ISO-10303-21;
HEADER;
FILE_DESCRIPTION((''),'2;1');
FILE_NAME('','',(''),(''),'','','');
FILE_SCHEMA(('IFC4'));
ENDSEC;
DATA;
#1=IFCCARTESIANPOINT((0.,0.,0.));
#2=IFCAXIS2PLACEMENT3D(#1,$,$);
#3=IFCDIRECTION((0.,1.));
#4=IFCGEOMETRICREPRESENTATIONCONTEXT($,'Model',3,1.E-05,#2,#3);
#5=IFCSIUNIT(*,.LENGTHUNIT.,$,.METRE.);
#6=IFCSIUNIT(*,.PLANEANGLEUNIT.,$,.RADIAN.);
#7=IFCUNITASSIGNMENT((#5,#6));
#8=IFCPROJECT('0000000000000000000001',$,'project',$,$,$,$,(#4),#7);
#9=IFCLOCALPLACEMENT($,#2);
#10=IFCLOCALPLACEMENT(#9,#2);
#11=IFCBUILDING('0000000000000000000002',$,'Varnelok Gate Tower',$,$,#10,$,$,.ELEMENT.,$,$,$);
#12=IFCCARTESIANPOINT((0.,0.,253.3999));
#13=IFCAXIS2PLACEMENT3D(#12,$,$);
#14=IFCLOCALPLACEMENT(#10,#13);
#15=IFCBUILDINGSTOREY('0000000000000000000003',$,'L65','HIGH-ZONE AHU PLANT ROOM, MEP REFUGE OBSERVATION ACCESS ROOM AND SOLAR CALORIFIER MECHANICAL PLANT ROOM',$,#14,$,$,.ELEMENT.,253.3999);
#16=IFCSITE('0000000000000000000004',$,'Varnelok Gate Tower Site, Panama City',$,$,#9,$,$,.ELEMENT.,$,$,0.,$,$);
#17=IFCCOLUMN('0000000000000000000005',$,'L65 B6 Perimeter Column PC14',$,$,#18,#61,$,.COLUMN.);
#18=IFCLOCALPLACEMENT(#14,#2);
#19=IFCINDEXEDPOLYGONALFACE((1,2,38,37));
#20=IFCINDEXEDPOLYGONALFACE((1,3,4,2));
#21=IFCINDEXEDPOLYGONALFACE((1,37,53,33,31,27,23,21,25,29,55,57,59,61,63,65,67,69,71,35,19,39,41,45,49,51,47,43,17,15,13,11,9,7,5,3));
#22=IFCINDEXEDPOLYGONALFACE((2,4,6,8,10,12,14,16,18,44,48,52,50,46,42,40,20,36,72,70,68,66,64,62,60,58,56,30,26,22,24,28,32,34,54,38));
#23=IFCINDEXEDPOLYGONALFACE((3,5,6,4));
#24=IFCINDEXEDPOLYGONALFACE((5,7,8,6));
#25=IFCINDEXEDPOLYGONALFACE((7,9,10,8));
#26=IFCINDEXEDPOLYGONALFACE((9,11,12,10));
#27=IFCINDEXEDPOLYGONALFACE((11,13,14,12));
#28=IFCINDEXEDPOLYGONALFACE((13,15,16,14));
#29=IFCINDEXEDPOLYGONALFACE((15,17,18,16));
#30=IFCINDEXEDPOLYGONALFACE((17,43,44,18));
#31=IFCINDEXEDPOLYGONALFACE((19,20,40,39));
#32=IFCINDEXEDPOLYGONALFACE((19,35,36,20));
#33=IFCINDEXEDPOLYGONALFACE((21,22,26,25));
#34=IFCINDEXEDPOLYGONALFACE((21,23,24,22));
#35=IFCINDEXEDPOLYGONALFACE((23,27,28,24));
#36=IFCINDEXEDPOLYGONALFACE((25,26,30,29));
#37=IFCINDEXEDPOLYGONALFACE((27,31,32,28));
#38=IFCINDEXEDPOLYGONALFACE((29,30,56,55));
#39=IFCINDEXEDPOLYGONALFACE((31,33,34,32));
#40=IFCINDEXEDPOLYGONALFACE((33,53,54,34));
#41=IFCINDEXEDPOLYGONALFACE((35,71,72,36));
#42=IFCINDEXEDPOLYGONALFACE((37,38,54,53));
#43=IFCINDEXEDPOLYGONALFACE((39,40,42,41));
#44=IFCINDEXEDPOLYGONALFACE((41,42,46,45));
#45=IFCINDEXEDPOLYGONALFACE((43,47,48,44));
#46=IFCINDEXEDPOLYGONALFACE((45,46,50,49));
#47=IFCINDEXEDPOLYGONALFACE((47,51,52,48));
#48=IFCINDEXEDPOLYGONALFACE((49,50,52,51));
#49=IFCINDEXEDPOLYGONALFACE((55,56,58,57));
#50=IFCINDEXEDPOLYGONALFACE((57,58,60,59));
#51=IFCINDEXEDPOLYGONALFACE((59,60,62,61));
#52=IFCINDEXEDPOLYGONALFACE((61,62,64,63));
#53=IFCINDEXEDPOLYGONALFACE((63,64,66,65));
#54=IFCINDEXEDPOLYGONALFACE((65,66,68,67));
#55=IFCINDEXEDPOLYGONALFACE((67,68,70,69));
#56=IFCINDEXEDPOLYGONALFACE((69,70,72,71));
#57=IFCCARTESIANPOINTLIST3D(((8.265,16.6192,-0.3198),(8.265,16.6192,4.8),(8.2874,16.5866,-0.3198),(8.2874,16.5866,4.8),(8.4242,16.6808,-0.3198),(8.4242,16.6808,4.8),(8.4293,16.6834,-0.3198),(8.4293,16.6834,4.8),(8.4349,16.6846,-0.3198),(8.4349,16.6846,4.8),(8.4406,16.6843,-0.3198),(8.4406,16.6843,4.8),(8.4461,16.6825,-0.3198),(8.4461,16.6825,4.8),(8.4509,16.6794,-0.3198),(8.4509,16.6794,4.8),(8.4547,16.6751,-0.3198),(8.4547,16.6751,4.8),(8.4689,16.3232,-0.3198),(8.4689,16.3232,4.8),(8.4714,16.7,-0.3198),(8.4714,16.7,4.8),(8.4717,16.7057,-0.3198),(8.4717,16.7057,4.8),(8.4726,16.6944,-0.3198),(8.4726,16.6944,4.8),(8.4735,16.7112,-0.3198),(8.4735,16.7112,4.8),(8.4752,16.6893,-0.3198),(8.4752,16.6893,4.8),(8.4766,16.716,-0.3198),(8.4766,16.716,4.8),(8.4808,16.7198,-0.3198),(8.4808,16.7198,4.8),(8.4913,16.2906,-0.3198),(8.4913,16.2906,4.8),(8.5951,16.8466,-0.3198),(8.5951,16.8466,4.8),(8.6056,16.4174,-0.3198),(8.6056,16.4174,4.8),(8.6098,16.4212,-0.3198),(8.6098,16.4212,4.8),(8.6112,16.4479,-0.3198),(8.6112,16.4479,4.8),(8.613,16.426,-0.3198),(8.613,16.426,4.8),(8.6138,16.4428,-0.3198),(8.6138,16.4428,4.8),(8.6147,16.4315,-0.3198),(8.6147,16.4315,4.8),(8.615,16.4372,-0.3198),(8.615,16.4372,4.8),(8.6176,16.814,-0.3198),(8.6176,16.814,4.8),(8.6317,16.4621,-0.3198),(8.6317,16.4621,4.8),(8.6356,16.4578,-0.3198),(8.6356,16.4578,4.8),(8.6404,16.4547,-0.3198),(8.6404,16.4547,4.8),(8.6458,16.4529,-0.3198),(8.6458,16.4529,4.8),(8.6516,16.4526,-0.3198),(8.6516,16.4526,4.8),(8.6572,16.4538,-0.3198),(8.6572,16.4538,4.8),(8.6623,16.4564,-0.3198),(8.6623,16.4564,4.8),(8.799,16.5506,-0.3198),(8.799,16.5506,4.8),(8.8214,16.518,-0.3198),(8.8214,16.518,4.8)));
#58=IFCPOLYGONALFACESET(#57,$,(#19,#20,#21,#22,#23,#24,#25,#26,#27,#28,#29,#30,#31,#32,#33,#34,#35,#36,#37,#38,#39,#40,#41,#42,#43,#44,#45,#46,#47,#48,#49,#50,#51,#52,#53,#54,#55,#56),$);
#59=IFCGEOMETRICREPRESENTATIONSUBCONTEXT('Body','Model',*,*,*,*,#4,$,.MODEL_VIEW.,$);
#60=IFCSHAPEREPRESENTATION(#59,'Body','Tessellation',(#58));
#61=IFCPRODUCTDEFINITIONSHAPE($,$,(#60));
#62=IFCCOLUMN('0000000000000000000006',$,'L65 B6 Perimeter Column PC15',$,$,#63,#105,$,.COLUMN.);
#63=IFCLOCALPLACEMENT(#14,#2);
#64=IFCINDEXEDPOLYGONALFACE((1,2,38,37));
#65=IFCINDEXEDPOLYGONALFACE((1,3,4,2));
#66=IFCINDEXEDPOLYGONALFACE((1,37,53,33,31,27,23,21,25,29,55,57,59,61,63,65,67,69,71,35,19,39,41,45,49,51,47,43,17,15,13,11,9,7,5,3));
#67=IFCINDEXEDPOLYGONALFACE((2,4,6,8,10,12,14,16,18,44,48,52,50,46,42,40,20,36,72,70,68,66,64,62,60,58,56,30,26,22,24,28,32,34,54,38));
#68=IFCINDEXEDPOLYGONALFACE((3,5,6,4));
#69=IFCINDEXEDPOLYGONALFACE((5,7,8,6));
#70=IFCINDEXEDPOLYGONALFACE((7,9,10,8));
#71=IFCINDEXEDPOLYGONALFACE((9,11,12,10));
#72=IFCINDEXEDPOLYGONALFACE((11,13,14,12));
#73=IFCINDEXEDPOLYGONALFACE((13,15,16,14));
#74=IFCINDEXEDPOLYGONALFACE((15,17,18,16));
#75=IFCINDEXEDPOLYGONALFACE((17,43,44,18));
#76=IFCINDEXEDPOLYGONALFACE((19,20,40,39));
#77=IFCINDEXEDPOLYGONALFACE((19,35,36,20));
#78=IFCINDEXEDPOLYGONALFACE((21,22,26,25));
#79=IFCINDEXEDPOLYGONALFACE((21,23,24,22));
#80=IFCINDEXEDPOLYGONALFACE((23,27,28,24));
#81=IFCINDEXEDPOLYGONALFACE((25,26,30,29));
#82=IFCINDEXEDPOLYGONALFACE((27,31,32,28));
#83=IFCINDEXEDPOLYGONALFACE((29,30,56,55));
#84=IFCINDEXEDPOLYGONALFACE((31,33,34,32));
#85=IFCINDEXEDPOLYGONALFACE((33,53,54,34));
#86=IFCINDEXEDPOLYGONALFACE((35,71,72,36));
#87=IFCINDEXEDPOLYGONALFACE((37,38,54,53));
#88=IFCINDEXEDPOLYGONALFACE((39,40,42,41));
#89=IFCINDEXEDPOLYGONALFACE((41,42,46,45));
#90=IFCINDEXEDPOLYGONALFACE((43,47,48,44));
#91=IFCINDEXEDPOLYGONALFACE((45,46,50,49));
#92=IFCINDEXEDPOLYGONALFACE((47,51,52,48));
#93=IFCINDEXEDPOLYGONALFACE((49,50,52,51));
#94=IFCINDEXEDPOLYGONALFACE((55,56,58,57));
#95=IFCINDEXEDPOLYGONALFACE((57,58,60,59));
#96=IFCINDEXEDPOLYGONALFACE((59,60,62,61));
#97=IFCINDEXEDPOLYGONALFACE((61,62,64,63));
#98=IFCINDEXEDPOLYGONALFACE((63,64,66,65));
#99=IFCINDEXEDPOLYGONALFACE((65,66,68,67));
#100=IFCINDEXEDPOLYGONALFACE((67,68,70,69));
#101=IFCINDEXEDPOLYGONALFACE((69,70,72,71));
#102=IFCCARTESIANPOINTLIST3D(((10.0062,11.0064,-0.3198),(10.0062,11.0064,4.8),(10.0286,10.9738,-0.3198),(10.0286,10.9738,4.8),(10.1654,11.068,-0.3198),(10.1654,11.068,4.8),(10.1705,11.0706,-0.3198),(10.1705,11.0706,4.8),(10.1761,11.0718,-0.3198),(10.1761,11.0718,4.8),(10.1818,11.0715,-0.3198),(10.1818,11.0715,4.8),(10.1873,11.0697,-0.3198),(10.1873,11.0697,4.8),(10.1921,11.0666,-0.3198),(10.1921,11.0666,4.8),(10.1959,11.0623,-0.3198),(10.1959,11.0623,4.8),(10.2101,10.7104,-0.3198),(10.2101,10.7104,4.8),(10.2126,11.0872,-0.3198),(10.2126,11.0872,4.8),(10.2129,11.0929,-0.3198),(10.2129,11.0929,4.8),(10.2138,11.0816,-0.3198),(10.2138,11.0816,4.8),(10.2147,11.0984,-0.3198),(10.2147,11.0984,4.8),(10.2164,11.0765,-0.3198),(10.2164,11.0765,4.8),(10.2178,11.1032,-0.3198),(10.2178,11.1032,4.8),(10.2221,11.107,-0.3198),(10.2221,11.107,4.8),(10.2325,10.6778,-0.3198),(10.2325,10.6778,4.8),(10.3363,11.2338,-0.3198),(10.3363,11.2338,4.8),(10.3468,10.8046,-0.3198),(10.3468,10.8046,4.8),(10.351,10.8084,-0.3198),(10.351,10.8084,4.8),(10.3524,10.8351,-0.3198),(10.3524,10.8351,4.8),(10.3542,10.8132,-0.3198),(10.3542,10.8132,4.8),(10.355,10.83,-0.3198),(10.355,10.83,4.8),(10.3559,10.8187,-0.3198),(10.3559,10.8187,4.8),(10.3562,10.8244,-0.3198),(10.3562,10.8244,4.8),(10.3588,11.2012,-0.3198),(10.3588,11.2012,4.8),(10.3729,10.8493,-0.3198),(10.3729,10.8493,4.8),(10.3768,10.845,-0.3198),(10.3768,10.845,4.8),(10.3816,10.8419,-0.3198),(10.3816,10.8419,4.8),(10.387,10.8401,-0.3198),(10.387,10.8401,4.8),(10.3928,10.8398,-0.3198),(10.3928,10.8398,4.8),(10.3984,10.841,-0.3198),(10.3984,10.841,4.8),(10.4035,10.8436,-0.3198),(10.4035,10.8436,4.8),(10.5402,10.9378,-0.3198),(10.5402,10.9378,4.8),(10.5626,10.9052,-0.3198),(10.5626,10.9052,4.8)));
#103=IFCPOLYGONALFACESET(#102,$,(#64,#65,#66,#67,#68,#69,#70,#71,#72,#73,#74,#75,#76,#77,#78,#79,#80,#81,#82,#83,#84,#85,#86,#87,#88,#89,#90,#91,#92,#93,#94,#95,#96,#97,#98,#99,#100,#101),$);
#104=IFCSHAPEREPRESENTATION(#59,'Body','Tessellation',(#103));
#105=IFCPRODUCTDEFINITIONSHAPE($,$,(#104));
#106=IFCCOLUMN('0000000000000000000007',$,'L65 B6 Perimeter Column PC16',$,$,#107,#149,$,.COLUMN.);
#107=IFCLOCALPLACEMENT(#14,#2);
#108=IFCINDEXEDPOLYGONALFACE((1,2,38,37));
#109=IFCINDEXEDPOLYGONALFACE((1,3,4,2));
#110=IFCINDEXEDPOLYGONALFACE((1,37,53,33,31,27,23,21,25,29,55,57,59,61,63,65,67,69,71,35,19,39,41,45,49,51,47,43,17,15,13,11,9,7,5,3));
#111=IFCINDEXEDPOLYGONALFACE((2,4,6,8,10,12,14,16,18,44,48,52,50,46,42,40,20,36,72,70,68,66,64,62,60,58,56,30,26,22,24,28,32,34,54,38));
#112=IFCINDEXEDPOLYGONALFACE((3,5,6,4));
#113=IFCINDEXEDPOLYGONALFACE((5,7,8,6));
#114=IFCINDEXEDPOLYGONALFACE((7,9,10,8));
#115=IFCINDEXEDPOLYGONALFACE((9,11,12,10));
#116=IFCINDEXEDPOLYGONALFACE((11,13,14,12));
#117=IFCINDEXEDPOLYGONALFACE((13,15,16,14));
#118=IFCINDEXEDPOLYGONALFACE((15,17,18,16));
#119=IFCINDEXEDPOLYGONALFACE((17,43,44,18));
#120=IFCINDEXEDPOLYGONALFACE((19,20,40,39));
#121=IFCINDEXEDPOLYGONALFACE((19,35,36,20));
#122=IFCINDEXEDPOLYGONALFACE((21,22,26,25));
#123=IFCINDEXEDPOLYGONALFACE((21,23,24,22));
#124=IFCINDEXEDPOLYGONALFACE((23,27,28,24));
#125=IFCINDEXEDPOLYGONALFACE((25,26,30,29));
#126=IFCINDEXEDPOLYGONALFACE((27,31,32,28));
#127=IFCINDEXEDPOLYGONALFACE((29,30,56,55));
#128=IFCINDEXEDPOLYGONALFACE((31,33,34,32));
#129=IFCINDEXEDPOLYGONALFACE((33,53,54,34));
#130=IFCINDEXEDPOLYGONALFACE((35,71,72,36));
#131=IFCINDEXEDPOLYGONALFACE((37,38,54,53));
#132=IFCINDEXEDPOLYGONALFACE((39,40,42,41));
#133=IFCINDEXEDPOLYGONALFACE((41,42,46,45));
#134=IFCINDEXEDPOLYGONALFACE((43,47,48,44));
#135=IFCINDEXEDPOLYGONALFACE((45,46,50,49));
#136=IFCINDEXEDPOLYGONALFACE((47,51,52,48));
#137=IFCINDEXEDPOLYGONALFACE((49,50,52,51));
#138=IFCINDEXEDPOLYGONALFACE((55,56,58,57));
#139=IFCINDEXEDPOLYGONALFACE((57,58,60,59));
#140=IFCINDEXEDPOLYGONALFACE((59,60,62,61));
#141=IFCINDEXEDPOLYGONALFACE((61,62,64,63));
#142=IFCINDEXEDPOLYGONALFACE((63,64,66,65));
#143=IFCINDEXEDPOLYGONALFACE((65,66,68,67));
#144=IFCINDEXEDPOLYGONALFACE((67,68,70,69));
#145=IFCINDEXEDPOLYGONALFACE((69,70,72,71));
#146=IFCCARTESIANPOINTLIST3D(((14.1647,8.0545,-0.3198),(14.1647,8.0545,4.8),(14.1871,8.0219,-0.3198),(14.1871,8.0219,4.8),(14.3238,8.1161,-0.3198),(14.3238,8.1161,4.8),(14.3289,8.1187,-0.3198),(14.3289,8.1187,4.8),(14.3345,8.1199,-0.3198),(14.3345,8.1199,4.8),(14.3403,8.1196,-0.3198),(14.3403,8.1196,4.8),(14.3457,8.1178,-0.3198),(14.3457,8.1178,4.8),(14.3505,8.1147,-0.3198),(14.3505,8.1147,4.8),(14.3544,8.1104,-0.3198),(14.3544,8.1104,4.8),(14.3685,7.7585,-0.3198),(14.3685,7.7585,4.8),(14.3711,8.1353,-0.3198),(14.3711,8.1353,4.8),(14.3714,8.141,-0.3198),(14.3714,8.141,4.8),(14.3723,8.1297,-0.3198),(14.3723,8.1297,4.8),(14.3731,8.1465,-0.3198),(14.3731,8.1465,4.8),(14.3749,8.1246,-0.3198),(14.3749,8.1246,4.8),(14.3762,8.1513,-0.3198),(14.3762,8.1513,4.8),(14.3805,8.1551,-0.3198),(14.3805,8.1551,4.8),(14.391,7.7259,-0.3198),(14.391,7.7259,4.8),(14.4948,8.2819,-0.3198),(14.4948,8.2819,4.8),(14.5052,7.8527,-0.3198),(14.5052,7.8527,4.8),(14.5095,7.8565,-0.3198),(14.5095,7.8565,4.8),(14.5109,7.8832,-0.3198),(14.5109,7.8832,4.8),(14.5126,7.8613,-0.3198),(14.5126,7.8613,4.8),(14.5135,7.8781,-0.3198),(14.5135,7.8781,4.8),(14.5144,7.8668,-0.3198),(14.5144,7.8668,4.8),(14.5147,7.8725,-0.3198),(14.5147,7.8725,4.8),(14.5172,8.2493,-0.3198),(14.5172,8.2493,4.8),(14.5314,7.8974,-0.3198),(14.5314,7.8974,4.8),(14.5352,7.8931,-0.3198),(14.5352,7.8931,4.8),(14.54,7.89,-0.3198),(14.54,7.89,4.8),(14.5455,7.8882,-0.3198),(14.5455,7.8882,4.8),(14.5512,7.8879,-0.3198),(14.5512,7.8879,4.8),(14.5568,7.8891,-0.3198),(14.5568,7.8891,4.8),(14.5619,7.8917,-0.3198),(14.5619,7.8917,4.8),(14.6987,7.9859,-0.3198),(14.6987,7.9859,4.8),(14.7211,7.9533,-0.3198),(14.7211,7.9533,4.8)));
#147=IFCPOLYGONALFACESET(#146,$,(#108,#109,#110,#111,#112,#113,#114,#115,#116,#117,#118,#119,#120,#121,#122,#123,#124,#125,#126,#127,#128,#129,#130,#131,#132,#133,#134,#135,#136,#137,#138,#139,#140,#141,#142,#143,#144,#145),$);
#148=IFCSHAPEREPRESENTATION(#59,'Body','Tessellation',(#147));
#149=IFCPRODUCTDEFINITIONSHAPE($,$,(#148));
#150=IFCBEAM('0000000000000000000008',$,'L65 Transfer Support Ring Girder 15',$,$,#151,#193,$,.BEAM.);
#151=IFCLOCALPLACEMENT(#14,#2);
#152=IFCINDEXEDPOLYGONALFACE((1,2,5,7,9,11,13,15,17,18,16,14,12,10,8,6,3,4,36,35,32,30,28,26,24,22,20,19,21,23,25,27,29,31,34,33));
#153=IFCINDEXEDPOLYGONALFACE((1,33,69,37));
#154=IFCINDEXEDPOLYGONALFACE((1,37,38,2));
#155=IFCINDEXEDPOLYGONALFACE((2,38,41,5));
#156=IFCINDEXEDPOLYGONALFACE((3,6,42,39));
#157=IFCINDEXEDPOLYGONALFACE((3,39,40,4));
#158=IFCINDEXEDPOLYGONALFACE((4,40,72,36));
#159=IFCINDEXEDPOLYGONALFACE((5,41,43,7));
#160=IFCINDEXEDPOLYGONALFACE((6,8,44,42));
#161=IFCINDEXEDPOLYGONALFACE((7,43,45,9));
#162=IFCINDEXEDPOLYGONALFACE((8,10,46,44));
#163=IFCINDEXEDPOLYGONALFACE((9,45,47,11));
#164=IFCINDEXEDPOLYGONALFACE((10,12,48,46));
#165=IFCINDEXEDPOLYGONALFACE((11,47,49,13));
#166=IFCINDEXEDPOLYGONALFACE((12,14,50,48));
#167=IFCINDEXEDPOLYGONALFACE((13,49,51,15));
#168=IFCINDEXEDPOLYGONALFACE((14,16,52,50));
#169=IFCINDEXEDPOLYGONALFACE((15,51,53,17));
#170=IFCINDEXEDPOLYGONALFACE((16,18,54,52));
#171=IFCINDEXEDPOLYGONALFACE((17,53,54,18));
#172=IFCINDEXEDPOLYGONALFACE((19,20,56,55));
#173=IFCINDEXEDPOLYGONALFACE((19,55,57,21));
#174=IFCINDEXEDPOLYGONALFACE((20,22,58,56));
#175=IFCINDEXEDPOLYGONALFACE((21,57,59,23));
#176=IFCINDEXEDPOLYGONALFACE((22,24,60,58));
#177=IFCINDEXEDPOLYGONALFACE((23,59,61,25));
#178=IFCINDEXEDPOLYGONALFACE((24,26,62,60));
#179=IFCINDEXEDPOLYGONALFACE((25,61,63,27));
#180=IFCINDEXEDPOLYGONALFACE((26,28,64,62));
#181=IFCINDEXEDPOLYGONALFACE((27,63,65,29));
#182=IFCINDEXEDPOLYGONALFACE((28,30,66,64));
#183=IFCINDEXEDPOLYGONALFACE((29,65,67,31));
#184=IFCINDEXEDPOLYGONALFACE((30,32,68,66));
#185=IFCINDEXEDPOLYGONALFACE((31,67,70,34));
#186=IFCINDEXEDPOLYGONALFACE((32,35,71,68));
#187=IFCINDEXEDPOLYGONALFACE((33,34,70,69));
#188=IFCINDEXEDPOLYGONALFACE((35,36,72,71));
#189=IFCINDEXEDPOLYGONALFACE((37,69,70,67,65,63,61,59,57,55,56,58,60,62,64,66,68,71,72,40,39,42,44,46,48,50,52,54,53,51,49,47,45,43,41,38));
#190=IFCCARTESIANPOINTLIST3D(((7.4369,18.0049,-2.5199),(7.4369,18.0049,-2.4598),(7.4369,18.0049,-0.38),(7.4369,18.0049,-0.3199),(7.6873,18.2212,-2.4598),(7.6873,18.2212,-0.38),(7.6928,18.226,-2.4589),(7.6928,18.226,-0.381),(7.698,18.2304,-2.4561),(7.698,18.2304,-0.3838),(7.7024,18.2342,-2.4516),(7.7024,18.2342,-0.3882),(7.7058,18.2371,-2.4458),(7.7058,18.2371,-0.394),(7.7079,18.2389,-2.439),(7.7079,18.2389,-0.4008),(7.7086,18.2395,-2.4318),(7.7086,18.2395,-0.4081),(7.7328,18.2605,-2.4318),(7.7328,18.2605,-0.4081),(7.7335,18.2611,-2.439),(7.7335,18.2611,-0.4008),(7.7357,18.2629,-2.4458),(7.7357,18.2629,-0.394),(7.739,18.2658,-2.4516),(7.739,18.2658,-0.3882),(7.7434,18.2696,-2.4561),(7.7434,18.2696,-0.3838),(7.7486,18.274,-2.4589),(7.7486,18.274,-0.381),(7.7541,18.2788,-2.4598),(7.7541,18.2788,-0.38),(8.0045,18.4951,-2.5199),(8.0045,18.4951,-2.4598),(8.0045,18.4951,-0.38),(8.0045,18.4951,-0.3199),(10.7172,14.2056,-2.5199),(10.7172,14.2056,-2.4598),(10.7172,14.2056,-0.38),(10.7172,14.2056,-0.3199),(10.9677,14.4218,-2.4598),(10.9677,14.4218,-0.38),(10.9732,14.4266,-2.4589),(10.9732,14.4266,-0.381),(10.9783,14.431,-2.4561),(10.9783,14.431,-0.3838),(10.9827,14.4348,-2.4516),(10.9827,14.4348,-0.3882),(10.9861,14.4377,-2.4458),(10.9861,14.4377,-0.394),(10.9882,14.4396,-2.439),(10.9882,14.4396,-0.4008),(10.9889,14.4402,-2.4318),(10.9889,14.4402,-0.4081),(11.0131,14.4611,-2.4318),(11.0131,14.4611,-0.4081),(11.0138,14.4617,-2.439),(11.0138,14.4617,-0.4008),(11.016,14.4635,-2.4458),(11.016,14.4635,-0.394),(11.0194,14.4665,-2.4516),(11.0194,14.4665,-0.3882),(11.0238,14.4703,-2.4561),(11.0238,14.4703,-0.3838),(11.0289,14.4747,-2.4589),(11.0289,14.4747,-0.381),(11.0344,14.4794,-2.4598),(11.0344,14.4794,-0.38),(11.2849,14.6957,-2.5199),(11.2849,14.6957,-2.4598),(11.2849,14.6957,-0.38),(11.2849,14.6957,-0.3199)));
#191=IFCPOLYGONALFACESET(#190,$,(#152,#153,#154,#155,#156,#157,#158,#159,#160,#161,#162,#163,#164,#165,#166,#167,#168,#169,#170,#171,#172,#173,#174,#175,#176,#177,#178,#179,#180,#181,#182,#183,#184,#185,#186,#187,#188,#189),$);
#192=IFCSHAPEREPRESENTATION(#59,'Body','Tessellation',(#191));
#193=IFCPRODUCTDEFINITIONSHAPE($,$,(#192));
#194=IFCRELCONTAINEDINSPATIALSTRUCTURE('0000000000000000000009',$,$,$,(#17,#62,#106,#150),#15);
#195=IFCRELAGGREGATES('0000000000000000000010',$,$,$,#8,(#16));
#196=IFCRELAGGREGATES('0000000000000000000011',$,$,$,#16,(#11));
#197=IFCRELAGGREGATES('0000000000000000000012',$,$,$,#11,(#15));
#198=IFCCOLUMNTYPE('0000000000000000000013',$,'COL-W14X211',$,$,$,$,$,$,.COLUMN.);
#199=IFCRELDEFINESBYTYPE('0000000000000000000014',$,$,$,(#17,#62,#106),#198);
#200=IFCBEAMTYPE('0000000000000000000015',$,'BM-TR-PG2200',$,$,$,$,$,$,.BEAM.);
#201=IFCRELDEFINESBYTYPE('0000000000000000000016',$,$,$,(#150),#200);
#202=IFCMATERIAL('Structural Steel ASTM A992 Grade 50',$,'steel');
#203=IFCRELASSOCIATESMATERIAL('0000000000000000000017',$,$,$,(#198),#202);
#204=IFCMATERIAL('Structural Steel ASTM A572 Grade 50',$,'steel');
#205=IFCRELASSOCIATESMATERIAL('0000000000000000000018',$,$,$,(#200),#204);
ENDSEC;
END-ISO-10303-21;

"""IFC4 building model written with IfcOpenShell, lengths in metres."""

from ifc_helpers import new_model, si_unit, direction, frame, origin, origin_2d, place, context, subcontext, project, spatial, i_section, extrude, material, material_profile, profile_set, type_object, element, save


model = new_model("IFC4")

# Units and contexts
model_context = context("Model", 3, precision=1e-05, world=origin(), true_north=direction((0.0, 1.0)))
body_context = subcontext(model_context, "Body", "Model", "MODEL_VIEW")
ifc_project = project(units=[si_unit("LENGTHUNIT", "METRE"), si_unit("PLANEANGLEUNIT", "RADIAN")], contexts=[model_context])

# Site, building, storey
site_placement = place(None, origin())
site = spatial("IfcSite", under=ifc_project, at=site_placement, Name="Varnelok Gate Tower Site, Panama City", CompositionType="ELEMENT", RefElevation=0.0)
building_placement = place(site_placement, origin())
building = spatial("IfcBuilding", under=site, at=building_placement, Name="Varnelok Gate Tower", CompositionType="ELEMENT")
storey_placement = place(building_placement, frame((0.0, 0.0, 253.3999)))
storey = spatial("IfcBuildingStorey", under=building, at=storey_placement, Name="L65", Description="HIGH-ZONE AHU PLANT ROOM, MEP REFUGE OBSERVATION ACCESS ROOM AND SOLAR CALORIFIER MECHANICAL PLANT ROOM", CompositionType="ELEMENT", Elevation=253.3999)

# Columns
ifc_material_1 = material(Name="Structural Steel ASTM A992 Grade 50", Category="steel")
ifc_material_profile_1 = material_profile(ifc_material_1, i_section(OverallWidth=0.4009, OverallDepth=0.3989, WebThickness=0.0249, FlangeThickness=0.0396, FilletRadius=0.022, at=origin_2d()), Name="W14X211")
ifc_profile_set_1 = profile_set([ifc_material_profile_1], Name="Structural Steel ASTM A992 Grade 50")
column_type = type_object("IfcColumnType", Name="COL-W14X211", PredefinedType="COLUMN", material=ifc_profile_set_1)
for number, where, z_axis, x_axis, name in (
    (1, (8.5432, 16.5686, -0.3198), (0.0, 0.0, 1.0), (0.823533, 0.567269, 0.0), "L65 B6 Perimeter Column PC14"),
    (2, (10.2844, 10.9558, -0.3198), (0.0, 0.0, 1.0), (0.823533, 0.567269, 0.0), "L65 B6 Perimeter Column PC15"),
    (3, (14.4429, 8.0039, -0.3198), (0.0, 0.0, 1.0), (0.823533, 0.567269, 0.0), "L65 B6 Perimeter Column PC16"),
):
    element("IfcColumn", number, at=place(storey_placement, frame(where, z_axis=z_axis, x_axis=x_axis)), inside=storey, type_object=column_type, Name=name, PredefinedType="COLUMN", context=body_context, shape_type="SweptSolid", body=[
        extrude(i_section(OverallWidth=0.4009, OverallDepth=0.3989, WebThickness=0.0249, FlangeThickness=0.0396, FilletRadius=0.022, at=origin_2d()), origin(), (0.0, 0.0, 1.0), 5.1199),
    ])

# Beam
ifc_material_2 = material(Name="Structural Steel ASTM A572 Grade 50", Category="steel")
ifc_material_profile_2 = material_profile(ifc_material_2, i_section(OverallWidth=0.75, OverallDepth=2.2, WebThickness=0.032, FlangeThickness=0.0601, FilletRadius=0.0281, at=origin_2d()), Name="PG2200X750")
ifc_profile_set_2 = profile_set([ifc_material_profile_2], Name="Structural Steel ASTM A572 Grade 50")
beam_type = type_object("IfcBeamType", Name="BM-TR-PG2200", PredefinedType="BEAM", material=ifc_profile_set_2)
beam_1_placement = place(storey_placement, frame((7.7207, 18.25, -1.4199), z_axis=(0.653511, -0.756917, 0.0), x_axis=(0.756917, 0.653511, 0.0)))
element("IfcBeam", 4, at=beam_1_placement, inside=storey, type_object=beam_type, Name="L65 Transfer Support Ring Girder 15", PredefinedType="BEAM", context=body_context, shape_type="SweptSolid", body=[
    extrude(i_section(OverallWidth=0.75, OverallDepth=2.2, WebThickness=0.032, FlangeThickness=0.0601, FilletRadius=0.0281, at=origin_2d()), origin(), (0.0, 0.0, 1.0), 5.0195),
])

save(model, "model.ifc")
